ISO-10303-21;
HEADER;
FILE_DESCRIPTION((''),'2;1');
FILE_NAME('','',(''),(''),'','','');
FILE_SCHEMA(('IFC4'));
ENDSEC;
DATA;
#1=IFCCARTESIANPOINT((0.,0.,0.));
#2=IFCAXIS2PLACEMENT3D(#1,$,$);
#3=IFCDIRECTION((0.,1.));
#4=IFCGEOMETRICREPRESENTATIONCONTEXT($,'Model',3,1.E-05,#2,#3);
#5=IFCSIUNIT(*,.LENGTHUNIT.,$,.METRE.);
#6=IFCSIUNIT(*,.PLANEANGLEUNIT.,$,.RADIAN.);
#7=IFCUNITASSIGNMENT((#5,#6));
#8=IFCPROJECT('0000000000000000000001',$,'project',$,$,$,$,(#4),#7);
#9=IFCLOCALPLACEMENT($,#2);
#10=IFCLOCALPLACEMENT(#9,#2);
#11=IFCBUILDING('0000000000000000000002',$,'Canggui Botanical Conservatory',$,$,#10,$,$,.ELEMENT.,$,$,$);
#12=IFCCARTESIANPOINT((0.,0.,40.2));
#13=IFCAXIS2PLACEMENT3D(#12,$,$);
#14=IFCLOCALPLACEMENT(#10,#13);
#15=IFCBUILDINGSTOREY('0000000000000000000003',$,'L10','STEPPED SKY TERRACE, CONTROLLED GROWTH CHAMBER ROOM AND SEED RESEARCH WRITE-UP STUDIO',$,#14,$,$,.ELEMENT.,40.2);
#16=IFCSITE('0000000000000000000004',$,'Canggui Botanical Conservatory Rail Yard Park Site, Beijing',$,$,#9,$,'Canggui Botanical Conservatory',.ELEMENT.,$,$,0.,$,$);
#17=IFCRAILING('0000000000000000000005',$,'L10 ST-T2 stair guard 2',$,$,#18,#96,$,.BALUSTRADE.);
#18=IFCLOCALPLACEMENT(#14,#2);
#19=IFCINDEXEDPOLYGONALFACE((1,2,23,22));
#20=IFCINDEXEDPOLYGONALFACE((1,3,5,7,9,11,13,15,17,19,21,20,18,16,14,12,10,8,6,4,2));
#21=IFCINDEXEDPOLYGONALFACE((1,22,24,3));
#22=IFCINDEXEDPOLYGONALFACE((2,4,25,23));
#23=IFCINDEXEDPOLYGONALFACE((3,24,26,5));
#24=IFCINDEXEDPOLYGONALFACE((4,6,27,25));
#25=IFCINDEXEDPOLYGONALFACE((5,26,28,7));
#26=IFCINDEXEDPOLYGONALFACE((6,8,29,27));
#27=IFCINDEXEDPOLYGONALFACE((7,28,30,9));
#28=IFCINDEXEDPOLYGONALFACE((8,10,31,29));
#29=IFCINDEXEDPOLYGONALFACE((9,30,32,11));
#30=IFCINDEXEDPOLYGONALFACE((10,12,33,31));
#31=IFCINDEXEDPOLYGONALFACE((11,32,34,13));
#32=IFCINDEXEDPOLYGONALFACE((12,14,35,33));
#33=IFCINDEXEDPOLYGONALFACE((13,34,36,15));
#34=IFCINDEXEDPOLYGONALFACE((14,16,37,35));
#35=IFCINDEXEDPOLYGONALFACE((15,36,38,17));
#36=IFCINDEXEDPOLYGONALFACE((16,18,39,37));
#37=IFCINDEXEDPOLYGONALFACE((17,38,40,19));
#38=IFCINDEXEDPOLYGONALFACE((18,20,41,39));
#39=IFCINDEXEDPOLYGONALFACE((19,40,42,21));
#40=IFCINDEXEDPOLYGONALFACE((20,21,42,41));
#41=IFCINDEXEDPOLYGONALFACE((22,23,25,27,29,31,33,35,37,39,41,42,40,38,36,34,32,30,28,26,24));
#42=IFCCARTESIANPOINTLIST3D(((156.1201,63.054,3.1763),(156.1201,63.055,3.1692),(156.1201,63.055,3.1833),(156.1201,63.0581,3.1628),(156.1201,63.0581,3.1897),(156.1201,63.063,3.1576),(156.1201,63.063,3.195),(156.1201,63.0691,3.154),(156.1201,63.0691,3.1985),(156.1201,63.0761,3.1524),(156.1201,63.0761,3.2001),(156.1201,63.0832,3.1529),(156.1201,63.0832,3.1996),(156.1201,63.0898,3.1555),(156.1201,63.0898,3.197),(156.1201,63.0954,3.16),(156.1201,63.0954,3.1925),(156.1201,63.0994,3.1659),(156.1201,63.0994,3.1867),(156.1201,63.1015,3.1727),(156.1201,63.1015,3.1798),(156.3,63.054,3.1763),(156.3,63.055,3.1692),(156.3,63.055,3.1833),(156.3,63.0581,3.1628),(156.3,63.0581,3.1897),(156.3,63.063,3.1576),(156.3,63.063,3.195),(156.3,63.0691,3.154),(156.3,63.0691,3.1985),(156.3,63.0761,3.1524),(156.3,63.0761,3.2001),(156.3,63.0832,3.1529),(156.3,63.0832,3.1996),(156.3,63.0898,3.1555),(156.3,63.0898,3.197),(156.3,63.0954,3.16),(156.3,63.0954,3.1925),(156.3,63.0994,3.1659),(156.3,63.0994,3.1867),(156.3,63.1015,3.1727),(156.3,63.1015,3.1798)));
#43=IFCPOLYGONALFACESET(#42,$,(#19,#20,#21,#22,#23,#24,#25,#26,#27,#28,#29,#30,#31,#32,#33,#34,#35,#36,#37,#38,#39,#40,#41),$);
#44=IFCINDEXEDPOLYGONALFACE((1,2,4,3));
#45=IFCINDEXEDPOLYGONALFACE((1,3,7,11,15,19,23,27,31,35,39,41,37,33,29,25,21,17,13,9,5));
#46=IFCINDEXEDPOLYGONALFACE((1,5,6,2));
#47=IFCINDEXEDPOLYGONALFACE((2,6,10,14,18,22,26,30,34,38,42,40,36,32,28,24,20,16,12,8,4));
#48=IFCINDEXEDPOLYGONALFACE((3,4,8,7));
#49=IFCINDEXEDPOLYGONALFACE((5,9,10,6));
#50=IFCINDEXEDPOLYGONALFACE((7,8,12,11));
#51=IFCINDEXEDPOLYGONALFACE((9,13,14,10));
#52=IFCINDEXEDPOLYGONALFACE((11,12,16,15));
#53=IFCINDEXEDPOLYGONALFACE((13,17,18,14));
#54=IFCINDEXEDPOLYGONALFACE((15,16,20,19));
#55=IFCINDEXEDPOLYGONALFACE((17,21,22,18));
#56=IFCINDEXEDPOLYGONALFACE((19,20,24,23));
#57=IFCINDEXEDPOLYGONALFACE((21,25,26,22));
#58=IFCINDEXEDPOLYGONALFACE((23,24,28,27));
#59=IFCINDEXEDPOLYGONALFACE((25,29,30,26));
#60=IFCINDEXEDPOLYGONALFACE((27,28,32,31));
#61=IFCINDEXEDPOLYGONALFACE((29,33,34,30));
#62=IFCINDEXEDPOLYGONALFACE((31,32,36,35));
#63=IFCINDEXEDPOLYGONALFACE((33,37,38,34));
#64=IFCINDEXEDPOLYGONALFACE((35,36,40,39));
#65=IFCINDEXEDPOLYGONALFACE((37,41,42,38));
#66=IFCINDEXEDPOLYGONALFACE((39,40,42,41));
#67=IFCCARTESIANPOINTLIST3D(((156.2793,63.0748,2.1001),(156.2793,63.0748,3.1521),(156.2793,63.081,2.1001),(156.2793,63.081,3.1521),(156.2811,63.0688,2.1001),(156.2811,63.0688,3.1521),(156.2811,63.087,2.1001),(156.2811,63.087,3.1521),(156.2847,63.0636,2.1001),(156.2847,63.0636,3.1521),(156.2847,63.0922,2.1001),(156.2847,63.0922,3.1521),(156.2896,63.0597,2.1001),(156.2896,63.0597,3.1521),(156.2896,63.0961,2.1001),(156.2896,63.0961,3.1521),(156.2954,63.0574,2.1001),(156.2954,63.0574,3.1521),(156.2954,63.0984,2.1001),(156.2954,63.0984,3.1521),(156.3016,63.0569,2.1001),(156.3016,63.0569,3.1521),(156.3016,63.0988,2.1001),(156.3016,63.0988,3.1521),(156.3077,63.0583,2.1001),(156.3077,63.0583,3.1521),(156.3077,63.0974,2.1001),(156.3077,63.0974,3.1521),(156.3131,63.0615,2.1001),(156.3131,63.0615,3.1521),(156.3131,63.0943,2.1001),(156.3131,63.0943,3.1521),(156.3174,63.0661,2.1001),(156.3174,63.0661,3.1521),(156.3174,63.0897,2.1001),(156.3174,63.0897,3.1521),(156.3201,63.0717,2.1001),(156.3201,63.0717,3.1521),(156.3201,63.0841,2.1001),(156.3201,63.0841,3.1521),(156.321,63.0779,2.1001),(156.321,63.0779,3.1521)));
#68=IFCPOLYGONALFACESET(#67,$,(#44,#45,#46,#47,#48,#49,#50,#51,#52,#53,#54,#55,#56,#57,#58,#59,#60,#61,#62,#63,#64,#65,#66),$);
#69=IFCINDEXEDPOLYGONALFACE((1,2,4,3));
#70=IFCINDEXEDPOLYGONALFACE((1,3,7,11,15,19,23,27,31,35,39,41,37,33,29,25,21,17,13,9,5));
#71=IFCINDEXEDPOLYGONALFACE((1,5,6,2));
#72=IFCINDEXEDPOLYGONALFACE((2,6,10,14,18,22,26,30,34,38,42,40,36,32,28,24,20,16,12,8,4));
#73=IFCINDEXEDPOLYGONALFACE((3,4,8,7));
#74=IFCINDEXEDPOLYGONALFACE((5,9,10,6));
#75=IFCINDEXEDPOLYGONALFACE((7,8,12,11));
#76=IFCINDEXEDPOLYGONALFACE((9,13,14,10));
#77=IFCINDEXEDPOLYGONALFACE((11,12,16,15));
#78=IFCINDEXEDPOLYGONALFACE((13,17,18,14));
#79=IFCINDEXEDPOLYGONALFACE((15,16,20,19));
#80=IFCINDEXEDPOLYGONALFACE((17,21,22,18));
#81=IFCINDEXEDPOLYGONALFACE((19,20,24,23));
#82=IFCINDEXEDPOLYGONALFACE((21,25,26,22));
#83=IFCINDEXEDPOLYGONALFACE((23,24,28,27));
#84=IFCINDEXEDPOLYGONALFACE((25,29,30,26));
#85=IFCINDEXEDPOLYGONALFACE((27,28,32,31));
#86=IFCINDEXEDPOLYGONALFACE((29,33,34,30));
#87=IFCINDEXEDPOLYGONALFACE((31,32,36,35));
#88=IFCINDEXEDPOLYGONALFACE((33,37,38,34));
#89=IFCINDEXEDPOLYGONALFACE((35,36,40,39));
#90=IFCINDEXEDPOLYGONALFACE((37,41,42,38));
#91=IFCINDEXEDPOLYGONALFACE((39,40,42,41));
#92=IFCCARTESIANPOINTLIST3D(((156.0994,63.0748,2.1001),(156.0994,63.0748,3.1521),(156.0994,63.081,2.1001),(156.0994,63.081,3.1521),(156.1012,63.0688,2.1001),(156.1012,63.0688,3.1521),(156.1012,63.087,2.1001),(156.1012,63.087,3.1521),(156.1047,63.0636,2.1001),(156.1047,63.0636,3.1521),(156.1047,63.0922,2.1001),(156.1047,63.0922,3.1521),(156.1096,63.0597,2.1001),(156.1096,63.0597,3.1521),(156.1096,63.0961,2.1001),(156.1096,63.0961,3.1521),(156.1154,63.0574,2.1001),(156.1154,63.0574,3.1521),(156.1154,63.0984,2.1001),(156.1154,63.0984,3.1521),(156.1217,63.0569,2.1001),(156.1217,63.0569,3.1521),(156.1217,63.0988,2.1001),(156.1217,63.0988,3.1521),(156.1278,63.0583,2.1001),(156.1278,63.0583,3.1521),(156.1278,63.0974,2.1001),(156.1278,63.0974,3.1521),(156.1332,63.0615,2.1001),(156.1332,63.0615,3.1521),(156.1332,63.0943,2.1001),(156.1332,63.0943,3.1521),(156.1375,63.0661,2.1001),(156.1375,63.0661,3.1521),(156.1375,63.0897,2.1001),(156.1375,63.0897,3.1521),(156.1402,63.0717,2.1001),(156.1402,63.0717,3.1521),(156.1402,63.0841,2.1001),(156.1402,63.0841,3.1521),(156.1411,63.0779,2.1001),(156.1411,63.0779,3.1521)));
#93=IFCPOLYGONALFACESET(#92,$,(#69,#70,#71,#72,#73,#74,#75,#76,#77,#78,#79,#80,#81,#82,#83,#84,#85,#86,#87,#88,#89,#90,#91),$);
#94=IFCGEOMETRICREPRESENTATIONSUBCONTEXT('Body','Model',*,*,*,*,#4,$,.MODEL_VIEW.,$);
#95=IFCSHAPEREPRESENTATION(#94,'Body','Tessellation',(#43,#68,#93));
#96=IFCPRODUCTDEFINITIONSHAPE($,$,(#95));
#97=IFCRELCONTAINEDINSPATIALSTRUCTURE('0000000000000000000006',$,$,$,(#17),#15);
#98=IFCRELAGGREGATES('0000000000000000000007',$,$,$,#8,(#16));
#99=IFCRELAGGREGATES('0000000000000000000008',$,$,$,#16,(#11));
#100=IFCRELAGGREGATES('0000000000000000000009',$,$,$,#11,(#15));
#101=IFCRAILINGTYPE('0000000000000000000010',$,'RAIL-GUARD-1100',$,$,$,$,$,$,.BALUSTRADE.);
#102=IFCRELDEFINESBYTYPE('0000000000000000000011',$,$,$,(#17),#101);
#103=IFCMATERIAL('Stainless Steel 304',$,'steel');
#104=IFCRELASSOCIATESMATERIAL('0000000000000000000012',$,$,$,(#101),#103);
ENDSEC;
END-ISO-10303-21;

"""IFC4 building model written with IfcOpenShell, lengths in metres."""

from ifc_helpers import new_model, si_unit, direction, frame, origin, origin_2d, place, context, subcontext, project, spatial, circle, extrude, material, type_object, element, save


model = new_model("IFC4")

# Units and contexts
model_context = context("Model", 3, precision=1e-05, world=origin(), true_north=direction((0.0, 1.0)))
body_context = subcontext(model_context, "Body", "Model", "MODEL_VIEW")
ifc_project = project(units=[si_unit("LENGTHUNIT", "METRE"), si_unit("PLANEANGLEUNIT", "RADIAN")], contexts=[model_context])

# Site, building, storey
site_placement = place(None, origin())
site = spatial("IfcSite", under=ifc_project, at=site_placement, Name="Canggui Botanical Conservatory Rail Yard Park Site, Beijing", LongName="Canggui Botanical Conservatory", CompositionType="ELEMENT", RefElevation=0.0)
building_placement = place(site_placement, origin())
building = spatial("IfcBuilding", under=site, at=building_placement, Name="Canggui Botanical Conservatory", CompositionType="ELEMENT")
storey_placement = place(building_placement, frame((0.0, 0.0, 40.2)))
storey = spatial("IfcBuildingStorey", under=building, at=storey_placement, Name="L10", Description="STEPPED SKY TERRACE, CONTROLLED GROWTH CHAMBER ROOM AND SEED RESEARCH WRITE-UP STUDIO", CompositionType="ELEMENT", Elevation=40.2)

# Railing
ifc_material_1 = material(Name="Stainless Steel 304", Category="steel")
railing_type_1 = type_object("IfcRailingType", Name="RAIL-GUARD-1100", PredefinedType="BALUSTRADE", material=ifc_material_1)
railing_1_placement = place(storey_placement, frame((156.3, 63.0779, 2.1001)))
element("IfcRailing", 1, at=railing_1_placement, inside=storey, type_object=railing_type_1, Name="L10 ST-T2 stair guard 2", PredefinedType="BALUSTRADE", context=body_context, shape_type="SweptSolid", body=[
    extrude(circle(Radius=0.0239, at=origin_2d()), frame((0.0, 0.0, 1.0762), z_axis=(-1.0, 0.0, 0.0), x_axis=(0.0, -1.0, 0.0)), (0.0, 0.0, 1.0), 0.1799),
    extrude(circle(Radius=0.021, at=origin_2d()), origin(), (0.0, 0.0, 1.0), 1.052),
    extrude(circle(Radius=0.021, at=origin_2d()), frame((-0.1799, 0.0, 0.0)), (0.0, 0.0, 1.0), 1.052),
])

save(model, "model.ifc")
